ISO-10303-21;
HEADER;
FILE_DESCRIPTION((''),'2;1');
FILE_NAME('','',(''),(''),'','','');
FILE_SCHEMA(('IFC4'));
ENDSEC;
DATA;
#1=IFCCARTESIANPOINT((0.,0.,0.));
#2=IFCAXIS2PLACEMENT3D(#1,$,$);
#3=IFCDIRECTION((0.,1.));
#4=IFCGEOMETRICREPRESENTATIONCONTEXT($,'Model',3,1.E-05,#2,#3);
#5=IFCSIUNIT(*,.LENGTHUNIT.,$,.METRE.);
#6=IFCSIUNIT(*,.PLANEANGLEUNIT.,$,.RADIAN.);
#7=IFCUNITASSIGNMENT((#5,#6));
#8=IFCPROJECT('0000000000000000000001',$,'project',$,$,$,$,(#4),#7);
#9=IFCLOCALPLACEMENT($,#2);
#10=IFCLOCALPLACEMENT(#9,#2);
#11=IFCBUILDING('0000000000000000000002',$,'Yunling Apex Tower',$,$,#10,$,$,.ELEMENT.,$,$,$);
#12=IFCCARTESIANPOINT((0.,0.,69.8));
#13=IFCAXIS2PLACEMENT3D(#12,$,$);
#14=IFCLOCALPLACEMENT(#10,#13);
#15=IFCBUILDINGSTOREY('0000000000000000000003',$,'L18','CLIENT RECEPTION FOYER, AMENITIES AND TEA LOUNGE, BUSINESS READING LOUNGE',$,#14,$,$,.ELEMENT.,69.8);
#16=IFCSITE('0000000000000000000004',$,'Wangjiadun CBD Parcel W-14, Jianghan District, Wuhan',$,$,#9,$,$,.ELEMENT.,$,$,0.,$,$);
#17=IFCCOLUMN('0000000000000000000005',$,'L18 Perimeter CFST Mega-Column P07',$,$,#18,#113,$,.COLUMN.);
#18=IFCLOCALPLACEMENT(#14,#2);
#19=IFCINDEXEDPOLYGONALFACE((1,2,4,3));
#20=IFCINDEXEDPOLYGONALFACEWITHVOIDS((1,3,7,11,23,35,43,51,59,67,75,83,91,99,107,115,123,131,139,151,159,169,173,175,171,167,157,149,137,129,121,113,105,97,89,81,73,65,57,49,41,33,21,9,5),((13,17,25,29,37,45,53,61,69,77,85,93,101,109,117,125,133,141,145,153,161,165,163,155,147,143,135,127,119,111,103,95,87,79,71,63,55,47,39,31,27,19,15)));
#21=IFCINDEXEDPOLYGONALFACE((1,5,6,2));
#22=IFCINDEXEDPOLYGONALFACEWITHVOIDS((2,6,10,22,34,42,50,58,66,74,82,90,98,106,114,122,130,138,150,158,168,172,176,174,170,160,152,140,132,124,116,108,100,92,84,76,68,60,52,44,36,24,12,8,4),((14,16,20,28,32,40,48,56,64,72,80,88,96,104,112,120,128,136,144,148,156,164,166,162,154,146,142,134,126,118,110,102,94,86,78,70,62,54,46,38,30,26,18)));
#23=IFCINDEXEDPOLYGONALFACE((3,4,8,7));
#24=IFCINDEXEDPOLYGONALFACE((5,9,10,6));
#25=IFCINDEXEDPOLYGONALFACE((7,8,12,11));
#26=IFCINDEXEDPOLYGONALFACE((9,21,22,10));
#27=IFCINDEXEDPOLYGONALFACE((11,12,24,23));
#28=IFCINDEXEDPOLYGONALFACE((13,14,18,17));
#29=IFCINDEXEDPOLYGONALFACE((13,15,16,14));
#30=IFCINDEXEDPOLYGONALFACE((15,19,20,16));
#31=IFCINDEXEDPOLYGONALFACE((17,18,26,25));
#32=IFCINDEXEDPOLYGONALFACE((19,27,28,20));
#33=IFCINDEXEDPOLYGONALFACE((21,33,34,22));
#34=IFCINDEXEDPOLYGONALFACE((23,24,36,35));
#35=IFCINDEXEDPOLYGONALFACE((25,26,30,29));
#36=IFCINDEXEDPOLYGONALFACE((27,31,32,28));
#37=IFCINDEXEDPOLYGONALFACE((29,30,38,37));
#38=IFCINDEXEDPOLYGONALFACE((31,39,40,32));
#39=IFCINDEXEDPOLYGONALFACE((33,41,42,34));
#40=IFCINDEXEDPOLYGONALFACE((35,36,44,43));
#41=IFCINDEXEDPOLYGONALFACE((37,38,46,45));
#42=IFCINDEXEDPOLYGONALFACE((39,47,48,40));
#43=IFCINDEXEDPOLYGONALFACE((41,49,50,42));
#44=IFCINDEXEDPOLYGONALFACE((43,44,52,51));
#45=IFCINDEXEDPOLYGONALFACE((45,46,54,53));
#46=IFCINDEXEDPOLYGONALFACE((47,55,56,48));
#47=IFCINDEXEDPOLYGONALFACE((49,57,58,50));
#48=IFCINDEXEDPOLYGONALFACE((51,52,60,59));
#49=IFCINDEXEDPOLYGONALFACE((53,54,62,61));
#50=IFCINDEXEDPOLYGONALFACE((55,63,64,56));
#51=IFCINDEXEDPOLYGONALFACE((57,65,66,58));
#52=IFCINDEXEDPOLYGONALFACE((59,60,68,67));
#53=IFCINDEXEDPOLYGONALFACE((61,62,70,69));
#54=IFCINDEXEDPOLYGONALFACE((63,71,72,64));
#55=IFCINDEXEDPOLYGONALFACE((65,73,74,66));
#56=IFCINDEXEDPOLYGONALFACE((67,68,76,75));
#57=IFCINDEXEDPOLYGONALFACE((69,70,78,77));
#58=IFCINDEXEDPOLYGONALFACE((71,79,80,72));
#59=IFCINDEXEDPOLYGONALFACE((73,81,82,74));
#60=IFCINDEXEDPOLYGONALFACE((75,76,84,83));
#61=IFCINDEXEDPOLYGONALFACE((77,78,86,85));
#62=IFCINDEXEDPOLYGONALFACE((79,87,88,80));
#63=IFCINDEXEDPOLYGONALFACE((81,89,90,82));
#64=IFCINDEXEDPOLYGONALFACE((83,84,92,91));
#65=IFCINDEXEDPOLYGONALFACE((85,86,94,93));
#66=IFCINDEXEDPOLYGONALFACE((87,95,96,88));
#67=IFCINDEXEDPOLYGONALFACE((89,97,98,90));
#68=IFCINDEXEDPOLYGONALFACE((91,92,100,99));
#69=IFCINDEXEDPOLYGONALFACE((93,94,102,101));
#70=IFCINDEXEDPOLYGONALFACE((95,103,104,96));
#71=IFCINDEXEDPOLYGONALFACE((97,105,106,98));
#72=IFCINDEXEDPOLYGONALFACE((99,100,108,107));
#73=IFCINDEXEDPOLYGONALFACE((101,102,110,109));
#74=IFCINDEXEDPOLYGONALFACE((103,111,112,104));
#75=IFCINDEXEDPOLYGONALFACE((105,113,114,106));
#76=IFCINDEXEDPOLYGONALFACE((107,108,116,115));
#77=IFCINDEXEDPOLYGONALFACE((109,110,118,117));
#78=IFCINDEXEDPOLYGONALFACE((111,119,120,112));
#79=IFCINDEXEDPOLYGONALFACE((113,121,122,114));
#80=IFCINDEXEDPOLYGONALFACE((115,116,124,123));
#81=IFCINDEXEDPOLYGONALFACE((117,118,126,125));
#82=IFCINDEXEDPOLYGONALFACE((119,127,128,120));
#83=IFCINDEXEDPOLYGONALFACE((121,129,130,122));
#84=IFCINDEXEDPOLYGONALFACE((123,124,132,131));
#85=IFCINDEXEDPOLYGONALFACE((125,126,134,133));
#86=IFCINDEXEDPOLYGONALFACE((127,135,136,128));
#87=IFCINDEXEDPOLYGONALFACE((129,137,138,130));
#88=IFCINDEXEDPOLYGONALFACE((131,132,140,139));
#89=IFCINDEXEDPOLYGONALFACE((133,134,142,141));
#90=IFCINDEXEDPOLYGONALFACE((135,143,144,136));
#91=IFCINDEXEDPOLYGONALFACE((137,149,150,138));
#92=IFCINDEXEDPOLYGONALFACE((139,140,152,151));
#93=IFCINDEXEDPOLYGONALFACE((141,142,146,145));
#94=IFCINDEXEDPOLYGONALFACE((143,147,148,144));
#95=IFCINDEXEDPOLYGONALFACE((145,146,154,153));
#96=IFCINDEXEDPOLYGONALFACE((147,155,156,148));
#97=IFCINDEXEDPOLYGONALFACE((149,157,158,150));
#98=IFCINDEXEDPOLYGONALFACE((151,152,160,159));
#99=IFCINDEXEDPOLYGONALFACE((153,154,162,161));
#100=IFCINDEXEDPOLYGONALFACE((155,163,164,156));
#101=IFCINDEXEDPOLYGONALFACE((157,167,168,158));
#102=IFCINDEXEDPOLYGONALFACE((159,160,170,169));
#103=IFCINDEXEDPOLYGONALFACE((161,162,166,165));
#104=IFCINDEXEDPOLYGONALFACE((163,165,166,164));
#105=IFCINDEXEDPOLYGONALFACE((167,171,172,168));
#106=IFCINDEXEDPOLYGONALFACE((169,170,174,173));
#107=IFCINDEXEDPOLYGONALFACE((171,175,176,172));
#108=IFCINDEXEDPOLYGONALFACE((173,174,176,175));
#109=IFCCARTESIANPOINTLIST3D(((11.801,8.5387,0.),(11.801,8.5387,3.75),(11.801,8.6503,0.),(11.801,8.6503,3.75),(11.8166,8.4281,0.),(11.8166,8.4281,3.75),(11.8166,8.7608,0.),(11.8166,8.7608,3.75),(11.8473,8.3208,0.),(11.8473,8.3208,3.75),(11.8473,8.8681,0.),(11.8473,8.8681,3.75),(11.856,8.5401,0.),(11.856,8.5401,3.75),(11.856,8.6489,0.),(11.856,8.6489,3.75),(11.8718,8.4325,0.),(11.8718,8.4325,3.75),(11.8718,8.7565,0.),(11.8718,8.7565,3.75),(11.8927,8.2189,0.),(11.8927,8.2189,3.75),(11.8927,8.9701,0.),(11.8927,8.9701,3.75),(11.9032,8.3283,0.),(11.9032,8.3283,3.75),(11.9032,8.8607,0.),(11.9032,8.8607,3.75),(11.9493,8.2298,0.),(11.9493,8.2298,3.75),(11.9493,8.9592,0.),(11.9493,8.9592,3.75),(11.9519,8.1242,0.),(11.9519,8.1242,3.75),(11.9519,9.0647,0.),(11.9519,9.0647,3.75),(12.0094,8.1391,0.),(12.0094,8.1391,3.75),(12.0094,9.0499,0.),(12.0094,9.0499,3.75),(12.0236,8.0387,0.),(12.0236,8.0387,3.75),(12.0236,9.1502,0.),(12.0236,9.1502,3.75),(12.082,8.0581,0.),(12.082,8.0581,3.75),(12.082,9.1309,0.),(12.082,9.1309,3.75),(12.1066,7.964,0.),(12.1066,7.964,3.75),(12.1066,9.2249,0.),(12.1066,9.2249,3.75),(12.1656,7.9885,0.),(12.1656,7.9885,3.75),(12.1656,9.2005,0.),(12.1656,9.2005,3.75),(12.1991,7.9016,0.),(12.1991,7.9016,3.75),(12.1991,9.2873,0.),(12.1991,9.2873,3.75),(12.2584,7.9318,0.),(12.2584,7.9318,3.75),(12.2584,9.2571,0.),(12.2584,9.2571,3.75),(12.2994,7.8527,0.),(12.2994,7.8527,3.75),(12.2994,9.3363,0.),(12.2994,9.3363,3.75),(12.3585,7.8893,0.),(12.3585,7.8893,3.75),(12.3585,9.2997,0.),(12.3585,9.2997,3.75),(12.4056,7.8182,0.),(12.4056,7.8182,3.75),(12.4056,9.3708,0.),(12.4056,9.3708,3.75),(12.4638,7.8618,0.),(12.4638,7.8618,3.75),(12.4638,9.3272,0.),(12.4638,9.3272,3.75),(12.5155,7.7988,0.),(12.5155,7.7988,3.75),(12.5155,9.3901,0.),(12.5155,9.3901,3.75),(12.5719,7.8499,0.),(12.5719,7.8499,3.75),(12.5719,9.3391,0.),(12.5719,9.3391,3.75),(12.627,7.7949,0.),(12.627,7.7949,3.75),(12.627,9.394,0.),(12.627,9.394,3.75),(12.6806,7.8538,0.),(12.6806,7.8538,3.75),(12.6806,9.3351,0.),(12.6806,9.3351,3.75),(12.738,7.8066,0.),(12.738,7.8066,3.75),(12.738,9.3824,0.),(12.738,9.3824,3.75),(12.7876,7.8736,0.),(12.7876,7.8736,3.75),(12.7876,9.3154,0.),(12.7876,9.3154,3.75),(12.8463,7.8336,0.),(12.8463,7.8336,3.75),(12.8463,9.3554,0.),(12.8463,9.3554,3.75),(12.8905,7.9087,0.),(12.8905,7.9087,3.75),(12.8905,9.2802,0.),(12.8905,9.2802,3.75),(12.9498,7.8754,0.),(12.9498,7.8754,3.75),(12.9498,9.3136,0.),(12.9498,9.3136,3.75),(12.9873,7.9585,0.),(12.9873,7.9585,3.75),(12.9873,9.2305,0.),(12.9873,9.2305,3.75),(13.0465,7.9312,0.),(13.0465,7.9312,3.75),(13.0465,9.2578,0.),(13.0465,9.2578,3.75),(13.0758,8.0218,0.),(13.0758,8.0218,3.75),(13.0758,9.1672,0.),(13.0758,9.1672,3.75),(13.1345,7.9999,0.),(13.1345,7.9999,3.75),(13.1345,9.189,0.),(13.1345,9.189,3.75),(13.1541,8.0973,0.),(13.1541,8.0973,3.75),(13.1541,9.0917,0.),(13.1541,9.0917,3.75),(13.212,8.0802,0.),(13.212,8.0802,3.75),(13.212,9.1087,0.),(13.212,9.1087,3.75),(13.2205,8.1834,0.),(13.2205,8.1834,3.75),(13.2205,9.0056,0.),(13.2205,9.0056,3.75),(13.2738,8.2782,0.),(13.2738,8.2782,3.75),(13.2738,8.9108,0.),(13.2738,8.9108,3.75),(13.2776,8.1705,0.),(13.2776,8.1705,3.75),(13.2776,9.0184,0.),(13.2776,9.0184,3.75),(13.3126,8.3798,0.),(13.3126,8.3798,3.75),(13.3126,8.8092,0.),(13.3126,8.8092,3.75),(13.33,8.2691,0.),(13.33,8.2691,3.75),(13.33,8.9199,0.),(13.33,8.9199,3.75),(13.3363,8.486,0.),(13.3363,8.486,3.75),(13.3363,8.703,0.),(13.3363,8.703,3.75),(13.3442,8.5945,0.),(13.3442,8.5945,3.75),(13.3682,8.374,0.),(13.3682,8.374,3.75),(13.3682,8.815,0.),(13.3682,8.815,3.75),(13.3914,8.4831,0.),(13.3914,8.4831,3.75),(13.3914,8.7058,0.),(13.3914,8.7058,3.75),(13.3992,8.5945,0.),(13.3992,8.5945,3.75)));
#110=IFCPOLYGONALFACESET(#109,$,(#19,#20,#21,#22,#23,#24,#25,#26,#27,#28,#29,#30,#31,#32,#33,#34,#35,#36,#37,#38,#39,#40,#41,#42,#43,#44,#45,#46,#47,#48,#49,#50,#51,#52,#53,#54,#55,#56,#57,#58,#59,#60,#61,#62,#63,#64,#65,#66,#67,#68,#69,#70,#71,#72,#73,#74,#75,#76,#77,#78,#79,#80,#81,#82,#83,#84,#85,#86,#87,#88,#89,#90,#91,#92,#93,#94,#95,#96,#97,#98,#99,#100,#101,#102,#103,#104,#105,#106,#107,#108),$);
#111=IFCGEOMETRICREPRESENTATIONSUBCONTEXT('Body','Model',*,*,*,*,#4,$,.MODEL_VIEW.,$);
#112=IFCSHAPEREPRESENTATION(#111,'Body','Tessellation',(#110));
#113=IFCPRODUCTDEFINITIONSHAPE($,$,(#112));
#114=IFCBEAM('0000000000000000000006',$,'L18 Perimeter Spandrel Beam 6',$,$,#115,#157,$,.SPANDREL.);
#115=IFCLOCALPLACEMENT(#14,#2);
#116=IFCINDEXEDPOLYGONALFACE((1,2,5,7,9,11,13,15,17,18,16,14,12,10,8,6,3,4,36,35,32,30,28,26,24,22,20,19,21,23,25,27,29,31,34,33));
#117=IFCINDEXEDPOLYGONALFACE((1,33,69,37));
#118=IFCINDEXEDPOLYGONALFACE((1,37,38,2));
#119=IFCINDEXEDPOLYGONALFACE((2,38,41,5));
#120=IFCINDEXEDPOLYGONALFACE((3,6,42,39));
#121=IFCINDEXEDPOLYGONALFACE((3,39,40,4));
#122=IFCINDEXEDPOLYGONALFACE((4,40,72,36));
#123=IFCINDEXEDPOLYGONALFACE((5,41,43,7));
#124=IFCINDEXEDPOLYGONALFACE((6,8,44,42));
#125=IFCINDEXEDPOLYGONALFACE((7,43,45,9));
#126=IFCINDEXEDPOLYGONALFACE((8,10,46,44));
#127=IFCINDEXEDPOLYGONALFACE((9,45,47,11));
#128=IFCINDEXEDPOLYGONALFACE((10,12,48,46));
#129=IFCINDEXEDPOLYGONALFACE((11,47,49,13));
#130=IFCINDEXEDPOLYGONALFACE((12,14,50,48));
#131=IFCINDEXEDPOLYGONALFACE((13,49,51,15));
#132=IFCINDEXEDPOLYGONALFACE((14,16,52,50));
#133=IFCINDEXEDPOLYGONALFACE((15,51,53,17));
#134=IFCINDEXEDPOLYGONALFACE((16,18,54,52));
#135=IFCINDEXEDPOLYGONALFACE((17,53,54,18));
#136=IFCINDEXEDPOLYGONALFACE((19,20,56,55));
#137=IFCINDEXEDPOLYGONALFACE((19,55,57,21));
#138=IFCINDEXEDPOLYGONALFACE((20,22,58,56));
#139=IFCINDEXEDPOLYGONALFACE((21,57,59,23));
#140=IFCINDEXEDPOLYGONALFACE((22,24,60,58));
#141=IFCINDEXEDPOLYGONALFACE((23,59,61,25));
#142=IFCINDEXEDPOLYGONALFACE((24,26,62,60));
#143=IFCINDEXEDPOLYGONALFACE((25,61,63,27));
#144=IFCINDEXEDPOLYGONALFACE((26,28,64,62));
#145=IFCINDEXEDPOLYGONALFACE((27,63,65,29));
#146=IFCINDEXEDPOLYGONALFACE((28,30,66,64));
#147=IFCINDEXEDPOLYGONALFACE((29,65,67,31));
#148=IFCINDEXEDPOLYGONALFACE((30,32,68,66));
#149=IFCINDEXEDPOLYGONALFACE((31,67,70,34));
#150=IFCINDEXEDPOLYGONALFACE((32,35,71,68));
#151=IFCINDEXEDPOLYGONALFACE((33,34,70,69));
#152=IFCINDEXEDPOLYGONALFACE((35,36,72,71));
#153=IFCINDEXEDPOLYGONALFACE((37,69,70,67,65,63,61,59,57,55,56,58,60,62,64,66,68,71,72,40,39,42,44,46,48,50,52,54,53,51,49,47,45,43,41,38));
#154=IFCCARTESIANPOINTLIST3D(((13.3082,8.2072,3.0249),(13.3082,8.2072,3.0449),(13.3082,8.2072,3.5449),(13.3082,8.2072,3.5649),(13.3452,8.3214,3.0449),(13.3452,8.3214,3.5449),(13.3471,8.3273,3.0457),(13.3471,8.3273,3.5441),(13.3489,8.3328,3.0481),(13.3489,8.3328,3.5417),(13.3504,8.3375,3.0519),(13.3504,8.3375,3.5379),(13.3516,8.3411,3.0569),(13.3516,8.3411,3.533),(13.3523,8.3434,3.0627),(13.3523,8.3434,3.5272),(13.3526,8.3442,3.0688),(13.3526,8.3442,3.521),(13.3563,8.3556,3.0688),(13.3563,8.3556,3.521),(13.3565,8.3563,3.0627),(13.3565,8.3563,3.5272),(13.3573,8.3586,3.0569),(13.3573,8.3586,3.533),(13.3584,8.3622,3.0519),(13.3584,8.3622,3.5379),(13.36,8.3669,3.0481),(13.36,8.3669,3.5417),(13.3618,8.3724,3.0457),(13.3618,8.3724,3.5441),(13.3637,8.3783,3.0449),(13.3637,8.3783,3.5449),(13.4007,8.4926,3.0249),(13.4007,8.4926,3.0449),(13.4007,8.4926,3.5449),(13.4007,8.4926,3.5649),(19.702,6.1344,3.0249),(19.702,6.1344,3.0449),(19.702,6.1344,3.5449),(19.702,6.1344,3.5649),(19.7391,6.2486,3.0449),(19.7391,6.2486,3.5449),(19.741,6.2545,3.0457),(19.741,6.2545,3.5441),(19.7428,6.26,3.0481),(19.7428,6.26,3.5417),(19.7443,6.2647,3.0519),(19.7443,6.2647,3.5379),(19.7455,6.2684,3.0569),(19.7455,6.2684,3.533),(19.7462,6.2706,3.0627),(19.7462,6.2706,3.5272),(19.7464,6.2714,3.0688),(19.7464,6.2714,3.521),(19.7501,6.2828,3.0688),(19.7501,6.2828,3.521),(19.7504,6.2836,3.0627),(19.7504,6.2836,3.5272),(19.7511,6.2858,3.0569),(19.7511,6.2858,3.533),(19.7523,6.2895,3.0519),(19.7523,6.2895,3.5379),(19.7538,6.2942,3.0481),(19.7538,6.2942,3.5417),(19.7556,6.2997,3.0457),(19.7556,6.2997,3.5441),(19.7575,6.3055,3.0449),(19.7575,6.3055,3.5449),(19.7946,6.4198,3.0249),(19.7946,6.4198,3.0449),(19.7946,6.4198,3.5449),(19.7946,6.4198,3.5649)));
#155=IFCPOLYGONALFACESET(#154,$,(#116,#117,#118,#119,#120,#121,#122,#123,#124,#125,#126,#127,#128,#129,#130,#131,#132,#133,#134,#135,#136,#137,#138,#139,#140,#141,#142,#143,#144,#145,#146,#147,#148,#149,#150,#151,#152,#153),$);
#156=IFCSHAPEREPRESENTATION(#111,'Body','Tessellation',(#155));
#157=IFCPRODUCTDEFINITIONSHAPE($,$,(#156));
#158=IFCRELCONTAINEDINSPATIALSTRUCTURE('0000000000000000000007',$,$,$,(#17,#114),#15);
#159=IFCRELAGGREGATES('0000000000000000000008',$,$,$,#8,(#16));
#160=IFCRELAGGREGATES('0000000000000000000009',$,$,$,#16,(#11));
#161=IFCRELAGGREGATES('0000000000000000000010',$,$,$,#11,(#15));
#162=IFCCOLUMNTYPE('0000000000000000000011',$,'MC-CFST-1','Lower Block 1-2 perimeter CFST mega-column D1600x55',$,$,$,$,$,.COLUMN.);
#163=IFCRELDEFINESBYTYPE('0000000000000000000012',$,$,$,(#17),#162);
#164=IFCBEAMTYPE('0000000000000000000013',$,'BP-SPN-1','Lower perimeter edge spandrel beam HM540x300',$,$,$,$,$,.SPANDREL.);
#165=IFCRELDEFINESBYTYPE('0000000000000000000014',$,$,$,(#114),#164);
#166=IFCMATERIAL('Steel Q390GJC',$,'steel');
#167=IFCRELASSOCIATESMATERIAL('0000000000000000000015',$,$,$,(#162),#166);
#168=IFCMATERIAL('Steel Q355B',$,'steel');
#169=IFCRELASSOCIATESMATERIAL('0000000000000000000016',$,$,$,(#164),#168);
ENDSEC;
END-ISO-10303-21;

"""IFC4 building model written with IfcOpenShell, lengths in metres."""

from ifc_helpers import new_model, si_unit, direction, frame, origin, origin_2d, place, context, subcontext, project, spatial, hollow_circle, i_section, extrude, source, transform, mapped, material, material_profile, profile_set, type_object, element, save


model = new_model("IFC4")

# Units and contexts
model_context = context("Model", 3, precision=1e-05, world=origin(), true_north=direction((0.0, 1.0)))
body_context = subcontext(model_context, "Body", "Model", "MODEL_VIEW")
ifc_project = project(units=[si_unit("LENGTHUNIT", "METRE"), si_unit("PLANEANGLEUNIT", "RADIAN")], contexts=[model_context])

# Site, building, storey
site_placement = place(None, origin())
site = spatial("IfcSite", under=ifc_project, at=site_placement, Name="Wangjiadun CBD Parcel W-14, Jianghan District, Wuhan", CompositionType="ELEMENT", RefElevation=0.0)
building_placement = place(site_placement, origin())
building = spatial("IfcBuilding", under=site, at=building_placement, Name="Yunling Apex Tower", CompositionType="ELEMENT")
storey_placement = place(building_placement, frame((0.0, 0.0, 69.8)))
storey = spatial("IfcBuildingStorey", under=building, at=storey_placement, Name="L18", Description="CLIENT RECEPTION FOYER, AMENITIES AND TEA LOUNGE, BUSINESS READING LOUNGE", CompositionType="ELEMENT", Elevation=69.8)

# Column
ifc_material_1 = material(Name="Steel Q390GJC", Category="steel")
ifc_material_profile_1 = material_profile(ifc_material_1, hollow_circle(Radius=0.8, WallThickness=0.0549, at=origin_2d()))
ifc_profile_set_1 = profile_set([ifc_material_profile_1], Name="Steel Q390GJC")
column_type = type_object("IfcColumnType", Name="MC-CFST-1", Description="Lower Block 1-2 perimeter CFST mega-column D1600x55", PredefinedType="COLUMN", material=ifc_profile_set_1)
shared_shape_1 = source(origin(), body_context, "Body", "SweptSolid", [
    extrude(hollow_circle(Radius=0.8, WallThickness=0.0549, at=origin_2d()), origin(), (0.0, 0.0, 1.0), 3.75),
])
for number, where, z_axis, x_axis, name in (
    (1, (12.5991, 8.5945, 0.0), (0.0, 0.0, 1.0), (1.0, 0.0, 0.0), "L18 Perimeter CFST Mega-Column P07"),
):
    element("IfcColumn", number, at=place(storey_placement, frame(where, z_axis=z_axis, x_axis=x_axis)), inside=storey, type_object=column_type, Name=name, PredefinedType="COLUMN", context=body_context, shape_type="MappedRepresentation", body=[
        mapped(shared_shape_1, transform((0.0, 0.0, 0.0), scale=1.0)),
    ])

# Beam
ifc_material_2 = material(Name="Steel Q355B", Category="steel")
ifc_material_profile_2 = material_profile(ifc_material_2, i_section(OverallWidth=0.3, OverallDepth=0.54, WebThickness=0.012, FlangeThickness=0.02, FilletRadius=0.0239, at=origin_2d()))
ifc_profile_set_2 = profile_set([ifc_material_profile_2], Name="Steel Q355B")
beam_type_1 = type_object("IfcBeamType", Name="BP-SPN-1", Description="Lower perimeter edge spandrel beam HM540x300", PredefinedType="SPANDREL", material=ifc_profile_set_2)
shared_shape_2 = source(origin(), body_context, "Body", "SweptSolid", [
    extrude(i_section(OverallWidth=0.3, OverallDepth=0.54, WebThickness=0.012, FlangeThickness=0.02, FilletRadius=0.0239, at=origin_2d()), origin(), (0.0, 0.0, 1.0), 6.7214),
])
beam_1_placement = place(storey_placement, frame((19.7483, 6.2771, 3.2949), z_axis=(-0.951263, 0.308382, 0.0), x_axis=(-0.308382, -0.951263, 0.0)))
element("IfcBeam", 2, at=beam_1_placement, inside=storey, type_object=beam_type_1, Name="L18 Perimeter Spandrel Beam 6", PredefinedType="SPANDREL", context=body_context, shape_type="MappedRepresentation", body=[
    mapped(shared_shape_2, transform((0.0, 0.0, 0.0), scale=1.0)),
])

save(model, "model.ifc")
